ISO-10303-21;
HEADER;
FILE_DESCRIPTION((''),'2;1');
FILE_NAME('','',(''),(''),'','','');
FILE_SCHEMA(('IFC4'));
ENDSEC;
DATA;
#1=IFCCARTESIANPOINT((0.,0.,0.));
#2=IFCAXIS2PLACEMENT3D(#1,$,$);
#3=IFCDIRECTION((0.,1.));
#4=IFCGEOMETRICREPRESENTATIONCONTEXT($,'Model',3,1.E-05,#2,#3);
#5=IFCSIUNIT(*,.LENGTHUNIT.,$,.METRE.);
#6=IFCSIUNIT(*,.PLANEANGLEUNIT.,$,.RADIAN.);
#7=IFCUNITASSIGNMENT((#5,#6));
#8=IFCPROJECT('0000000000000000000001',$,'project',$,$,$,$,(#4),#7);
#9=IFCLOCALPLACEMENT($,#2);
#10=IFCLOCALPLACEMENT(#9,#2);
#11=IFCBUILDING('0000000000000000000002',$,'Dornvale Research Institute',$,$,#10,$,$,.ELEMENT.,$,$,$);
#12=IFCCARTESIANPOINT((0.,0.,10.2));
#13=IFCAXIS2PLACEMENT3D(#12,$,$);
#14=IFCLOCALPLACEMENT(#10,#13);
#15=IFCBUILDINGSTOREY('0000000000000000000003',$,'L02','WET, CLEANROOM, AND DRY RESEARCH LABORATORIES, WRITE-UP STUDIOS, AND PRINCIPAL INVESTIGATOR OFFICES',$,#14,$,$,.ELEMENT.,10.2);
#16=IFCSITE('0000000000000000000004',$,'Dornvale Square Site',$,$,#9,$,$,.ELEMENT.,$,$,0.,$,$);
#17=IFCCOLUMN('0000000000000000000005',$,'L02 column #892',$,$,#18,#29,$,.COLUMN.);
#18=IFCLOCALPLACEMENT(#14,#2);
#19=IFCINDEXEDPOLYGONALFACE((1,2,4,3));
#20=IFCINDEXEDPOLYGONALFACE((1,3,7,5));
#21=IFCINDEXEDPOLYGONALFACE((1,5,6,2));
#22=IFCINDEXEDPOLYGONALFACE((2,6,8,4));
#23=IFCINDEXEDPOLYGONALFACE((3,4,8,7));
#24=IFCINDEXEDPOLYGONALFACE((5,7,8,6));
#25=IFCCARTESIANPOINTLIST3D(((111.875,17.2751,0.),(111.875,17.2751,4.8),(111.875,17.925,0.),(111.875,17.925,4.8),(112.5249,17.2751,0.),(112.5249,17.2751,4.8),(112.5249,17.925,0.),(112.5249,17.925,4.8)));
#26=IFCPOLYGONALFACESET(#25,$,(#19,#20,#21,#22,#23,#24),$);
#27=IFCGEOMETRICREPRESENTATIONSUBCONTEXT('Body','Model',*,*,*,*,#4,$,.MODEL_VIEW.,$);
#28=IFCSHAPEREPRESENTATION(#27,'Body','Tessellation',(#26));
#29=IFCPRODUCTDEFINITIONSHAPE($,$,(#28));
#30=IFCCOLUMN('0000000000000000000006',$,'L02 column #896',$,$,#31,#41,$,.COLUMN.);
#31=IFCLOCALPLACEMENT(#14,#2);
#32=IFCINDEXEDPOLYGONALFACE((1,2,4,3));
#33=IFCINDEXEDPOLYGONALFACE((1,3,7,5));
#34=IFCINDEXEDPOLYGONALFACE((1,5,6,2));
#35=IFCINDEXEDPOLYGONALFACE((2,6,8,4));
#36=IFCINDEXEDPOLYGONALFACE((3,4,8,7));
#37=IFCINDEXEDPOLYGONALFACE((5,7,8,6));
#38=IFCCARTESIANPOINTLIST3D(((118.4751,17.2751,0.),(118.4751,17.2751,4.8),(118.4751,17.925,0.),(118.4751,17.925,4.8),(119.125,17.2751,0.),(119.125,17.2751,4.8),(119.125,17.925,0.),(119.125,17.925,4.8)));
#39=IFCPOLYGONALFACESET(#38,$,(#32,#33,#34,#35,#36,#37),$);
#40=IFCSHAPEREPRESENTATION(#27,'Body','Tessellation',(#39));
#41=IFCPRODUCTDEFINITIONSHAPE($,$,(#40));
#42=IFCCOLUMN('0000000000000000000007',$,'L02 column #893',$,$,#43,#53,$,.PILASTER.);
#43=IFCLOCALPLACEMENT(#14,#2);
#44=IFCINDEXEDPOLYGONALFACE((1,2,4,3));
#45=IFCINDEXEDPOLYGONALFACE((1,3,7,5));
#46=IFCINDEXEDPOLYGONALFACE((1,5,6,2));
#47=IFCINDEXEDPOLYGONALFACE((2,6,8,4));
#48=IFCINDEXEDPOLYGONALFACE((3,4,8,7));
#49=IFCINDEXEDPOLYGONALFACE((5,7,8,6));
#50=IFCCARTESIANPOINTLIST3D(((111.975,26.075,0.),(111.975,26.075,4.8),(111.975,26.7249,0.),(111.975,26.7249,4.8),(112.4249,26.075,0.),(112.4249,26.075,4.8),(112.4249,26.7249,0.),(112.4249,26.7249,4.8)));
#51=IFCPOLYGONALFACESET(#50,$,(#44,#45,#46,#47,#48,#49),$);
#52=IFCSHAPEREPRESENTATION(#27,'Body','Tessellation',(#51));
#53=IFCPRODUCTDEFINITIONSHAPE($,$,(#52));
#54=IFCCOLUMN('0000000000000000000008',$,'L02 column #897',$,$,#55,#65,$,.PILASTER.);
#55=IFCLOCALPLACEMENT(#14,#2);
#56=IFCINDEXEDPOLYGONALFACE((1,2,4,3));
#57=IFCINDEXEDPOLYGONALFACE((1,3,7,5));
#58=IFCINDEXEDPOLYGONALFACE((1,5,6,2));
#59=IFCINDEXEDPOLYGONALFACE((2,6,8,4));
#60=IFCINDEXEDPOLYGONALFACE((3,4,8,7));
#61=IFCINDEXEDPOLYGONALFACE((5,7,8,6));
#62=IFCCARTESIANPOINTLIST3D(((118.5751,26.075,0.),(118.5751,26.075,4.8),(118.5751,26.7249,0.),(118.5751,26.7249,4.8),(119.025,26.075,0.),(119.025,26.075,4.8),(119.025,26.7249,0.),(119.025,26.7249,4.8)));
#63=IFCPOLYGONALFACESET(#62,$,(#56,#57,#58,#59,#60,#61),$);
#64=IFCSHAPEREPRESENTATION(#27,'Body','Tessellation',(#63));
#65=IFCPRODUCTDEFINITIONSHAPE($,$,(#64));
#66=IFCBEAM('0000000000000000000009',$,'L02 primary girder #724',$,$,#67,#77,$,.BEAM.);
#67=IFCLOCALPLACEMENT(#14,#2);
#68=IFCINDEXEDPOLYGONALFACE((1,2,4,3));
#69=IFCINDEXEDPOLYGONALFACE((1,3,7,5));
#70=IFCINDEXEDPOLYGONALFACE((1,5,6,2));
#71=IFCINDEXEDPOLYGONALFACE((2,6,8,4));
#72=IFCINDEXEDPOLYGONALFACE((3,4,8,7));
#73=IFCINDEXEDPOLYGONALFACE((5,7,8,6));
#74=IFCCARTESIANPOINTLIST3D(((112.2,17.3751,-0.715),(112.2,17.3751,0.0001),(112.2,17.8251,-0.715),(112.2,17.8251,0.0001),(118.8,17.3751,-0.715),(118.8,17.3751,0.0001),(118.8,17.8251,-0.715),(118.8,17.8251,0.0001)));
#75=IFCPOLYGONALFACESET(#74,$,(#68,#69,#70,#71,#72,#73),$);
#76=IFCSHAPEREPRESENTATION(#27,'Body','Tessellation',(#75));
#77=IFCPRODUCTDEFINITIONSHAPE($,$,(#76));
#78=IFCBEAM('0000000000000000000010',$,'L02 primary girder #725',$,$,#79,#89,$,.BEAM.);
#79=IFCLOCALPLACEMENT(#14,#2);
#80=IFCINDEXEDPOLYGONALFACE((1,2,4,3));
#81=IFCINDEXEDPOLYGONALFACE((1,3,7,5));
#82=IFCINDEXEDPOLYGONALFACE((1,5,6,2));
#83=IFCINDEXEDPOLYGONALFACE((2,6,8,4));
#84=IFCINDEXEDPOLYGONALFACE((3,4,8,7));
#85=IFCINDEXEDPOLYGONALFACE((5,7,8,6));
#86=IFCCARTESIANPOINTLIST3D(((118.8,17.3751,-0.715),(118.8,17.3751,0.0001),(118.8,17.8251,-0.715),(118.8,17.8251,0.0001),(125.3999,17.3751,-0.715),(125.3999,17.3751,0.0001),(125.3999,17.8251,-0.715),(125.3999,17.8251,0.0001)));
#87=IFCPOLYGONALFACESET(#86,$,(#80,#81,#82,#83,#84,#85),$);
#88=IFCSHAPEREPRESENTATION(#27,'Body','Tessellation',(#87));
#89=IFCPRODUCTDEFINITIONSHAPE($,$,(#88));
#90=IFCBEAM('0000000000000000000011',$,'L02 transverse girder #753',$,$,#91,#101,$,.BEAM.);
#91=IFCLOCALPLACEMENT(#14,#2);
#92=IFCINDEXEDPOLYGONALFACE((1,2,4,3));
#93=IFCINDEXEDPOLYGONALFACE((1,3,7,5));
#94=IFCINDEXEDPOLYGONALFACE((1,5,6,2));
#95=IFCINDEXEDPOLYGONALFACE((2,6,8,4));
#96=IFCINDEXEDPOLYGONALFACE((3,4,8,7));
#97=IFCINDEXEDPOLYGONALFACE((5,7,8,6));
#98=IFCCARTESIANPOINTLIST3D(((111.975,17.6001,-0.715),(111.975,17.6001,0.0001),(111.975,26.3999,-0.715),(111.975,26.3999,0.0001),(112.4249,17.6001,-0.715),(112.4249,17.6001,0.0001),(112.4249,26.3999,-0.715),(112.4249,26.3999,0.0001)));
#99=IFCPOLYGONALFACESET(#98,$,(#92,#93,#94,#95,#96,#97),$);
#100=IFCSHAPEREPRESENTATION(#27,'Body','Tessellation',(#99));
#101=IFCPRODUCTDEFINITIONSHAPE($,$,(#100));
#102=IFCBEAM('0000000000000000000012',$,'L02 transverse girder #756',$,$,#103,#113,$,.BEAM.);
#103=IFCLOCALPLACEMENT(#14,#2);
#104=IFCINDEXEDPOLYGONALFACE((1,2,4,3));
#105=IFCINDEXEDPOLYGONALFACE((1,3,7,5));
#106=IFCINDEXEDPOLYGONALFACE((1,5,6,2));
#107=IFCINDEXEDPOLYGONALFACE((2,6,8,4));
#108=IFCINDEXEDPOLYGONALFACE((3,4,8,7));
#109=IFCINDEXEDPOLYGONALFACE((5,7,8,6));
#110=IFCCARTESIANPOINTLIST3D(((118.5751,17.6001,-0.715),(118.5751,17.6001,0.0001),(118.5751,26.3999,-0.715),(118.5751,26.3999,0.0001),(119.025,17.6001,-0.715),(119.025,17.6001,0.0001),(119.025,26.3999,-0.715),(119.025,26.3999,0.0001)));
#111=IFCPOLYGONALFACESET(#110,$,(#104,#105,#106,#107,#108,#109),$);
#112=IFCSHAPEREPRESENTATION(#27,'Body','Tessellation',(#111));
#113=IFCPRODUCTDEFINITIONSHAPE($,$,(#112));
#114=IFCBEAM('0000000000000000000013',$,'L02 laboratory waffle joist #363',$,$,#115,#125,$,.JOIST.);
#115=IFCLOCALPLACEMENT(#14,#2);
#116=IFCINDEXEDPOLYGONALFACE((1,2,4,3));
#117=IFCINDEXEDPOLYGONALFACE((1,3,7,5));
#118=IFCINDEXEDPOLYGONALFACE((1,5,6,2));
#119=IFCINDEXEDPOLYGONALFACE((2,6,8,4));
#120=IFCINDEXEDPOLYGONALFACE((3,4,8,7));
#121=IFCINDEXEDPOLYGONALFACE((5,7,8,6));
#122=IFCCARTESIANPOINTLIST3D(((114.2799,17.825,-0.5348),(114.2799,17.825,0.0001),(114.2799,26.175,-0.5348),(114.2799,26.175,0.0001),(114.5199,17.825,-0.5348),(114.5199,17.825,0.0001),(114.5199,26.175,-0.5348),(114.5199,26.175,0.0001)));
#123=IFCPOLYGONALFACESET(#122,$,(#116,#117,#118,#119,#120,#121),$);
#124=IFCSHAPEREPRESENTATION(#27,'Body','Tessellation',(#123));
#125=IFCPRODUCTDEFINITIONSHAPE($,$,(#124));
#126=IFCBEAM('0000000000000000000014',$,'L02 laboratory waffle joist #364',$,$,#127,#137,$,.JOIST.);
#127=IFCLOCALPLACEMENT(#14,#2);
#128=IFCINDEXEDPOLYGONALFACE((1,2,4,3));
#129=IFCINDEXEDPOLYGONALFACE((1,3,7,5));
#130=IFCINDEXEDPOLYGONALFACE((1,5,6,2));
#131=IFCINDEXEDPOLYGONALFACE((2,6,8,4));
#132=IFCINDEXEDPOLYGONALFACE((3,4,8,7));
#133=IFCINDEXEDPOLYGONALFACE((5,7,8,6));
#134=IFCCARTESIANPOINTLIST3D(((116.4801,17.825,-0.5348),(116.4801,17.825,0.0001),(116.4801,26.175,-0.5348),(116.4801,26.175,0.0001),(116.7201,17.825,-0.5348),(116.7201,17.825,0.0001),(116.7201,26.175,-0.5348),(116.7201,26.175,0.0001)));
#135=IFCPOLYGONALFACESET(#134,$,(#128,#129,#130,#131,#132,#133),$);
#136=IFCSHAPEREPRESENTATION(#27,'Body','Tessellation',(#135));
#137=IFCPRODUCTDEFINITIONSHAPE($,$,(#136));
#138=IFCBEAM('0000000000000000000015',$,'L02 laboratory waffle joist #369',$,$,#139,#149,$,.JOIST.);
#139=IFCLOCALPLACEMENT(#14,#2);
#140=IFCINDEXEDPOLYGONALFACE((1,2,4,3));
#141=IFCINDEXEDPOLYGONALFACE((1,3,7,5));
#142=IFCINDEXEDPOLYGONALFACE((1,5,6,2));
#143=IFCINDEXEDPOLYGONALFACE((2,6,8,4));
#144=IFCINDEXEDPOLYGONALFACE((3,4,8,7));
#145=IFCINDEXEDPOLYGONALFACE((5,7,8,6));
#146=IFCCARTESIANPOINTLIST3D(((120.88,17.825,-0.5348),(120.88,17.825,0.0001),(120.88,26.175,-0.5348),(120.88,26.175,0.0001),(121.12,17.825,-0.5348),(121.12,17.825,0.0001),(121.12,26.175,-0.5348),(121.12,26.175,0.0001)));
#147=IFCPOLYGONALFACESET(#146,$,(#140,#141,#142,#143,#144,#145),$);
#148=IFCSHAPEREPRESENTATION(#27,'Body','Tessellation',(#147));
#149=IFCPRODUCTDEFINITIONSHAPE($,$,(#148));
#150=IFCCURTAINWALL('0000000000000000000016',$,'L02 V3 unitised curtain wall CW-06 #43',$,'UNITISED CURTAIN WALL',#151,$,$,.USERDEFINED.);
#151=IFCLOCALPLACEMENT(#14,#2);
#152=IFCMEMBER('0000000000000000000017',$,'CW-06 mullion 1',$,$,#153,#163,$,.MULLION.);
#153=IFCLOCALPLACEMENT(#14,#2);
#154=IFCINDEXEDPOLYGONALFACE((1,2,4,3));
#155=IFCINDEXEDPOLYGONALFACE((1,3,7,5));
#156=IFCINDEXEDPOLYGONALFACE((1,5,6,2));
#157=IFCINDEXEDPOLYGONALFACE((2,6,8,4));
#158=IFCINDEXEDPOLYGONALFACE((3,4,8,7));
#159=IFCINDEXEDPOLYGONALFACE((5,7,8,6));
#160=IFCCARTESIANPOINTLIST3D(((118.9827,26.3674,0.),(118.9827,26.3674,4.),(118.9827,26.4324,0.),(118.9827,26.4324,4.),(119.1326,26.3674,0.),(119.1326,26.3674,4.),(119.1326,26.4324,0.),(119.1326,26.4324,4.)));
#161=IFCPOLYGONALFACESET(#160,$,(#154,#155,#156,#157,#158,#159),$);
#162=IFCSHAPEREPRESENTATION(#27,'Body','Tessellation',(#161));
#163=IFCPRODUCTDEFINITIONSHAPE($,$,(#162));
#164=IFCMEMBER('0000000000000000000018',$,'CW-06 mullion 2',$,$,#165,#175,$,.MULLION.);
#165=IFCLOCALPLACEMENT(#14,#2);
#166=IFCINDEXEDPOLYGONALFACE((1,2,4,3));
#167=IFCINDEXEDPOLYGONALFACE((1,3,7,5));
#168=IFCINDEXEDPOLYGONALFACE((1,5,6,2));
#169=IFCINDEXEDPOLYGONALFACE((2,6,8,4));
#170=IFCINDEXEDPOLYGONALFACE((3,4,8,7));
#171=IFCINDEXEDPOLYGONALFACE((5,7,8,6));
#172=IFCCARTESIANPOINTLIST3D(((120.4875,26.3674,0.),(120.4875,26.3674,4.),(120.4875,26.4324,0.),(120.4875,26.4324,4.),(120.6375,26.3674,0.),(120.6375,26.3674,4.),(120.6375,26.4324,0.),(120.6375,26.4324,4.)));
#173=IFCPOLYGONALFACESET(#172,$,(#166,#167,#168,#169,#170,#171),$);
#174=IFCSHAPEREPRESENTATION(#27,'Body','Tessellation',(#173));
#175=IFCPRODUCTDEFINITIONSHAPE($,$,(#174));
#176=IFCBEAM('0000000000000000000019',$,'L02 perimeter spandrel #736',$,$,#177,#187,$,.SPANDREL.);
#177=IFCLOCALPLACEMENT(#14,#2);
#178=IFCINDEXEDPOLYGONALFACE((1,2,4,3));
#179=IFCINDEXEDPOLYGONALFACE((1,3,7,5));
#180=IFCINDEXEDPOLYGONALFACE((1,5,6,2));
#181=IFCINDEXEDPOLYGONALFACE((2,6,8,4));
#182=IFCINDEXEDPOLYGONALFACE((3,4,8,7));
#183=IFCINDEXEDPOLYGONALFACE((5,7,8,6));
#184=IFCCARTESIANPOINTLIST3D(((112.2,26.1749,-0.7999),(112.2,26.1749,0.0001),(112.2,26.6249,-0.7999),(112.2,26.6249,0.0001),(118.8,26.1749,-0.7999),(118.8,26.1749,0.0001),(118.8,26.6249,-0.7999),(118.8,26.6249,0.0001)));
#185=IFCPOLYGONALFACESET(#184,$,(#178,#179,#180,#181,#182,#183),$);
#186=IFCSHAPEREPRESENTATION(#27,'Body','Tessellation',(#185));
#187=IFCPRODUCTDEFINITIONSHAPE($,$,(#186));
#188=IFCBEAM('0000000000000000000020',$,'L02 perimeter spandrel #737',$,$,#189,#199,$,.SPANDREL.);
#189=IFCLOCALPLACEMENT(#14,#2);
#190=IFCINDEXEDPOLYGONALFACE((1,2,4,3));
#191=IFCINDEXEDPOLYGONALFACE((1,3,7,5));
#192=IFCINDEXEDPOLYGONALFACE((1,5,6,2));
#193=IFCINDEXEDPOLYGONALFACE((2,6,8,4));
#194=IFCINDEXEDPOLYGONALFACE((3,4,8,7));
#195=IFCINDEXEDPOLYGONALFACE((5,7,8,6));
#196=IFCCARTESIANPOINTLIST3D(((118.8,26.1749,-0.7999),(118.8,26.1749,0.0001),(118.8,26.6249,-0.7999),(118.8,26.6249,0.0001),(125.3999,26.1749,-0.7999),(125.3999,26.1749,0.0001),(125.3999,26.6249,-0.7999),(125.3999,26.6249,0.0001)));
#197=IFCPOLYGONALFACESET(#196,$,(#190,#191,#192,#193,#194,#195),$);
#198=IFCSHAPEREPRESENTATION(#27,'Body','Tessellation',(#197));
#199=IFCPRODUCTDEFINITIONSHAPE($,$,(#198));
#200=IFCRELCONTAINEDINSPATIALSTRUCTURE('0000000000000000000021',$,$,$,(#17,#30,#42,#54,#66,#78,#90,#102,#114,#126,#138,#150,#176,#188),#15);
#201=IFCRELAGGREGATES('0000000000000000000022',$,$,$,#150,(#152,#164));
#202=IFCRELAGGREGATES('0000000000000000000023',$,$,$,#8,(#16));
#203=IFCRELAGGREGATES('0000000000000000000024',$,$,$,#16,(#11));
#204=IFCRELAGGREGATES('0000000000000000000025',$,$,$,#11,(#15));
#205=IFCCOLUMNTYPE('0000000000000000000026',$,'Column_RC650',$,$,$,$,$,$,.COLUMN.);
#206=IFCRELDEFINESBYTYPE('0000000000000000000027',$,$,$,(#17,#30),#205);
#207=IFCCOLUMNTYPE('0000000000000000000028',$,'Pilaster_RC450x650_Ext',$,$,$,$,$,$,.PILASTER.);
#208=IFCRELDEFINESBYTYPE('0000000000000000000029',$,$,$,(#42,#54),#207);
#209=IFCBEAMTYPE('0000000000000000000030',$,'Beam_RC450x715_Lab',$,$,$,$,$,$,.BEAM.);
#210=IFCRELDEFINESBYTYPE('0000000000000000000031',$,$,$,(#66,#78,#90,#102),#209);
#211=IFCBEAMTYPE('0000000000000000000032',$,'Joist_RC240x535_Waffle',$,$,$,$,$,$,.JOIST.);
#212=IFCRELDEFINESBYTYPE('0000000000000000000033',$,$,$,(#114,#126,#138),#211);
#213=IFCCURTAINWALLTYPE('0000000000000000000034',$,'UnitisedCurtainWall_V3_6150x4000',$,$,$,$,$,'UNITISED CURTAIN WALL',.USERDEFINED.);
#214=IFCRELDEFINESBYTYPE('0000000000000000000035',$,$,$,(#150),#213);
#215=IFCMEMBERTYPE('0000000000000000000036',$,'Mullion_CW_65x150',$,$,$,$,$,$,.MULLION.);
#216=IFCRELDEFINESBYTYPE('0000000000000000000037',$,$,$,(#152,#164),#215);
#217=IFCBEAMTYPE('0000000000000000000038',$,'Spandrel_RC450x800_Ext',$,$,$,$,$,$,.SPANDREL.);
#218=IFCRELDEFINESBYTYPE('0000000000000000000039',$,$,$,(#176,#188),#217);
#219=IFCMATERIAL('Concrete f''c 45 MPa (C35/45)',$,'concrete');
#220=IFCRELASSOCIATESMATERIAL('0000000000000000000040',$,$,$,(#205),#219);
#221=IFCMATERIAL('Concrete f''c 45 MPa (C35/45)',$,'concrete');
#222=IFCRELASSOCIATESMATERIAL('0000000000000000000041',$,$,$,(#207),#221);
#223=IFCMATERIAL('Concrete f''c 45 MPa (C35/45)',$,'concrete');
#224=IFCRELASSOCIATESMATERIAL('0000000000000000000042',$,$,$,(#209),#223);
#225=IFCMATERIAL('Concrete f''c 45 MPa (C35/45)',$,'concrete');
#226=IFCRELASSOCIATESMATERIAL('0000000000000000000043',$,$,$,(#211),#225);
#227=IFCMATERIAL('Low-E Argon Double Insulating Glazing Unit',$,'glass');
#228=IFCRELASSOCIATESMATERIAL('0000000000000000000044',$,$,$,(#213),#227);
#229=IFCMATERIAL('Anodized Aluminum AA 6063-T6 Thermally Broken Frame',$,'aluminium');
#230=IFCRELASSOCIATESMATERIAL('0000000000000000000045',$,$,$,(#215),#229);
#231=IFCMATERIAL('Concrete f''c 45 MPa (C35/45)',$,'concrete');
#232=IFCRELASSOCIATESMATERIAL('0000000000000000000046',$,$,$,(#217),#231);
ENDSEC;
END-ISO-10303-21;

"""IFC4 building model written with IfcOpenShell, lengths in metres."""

from ifc_helpers import new_model, si_unit, direction, frame, origin, origin_2d, place, context, subcontext, project, spatial, rectangle, extrude, material, material_profile, profile_set, type_object, element, aggregate, save


model = new_model("IFC4")

# Units and contexts
model_context = context("Model", 3, precision=1e-05, world=origin(), true_north=direction((0.0, 1.0)))
body_context = subcontext(model_context, "Body", "Model", "MODEL_VIEW")
ifc_project = project(units=[si_unit("LENGTHUNIT", "METRE"), si_unit("PLANEANGLEUNIT", "RADIAN")], contexts=[model_context])

# Site, building, storey
site_placement = place(None, origin())
site = spatial("IfcSite", under=ifc_project, at=site_placement, Name="Dornvale Square Site", CompositionType="ELEMENT", RefElevation=0.0)
building_placement = place(site_placement, origin())
building = spatial("IfcBuilding", under=site, at=building_placement, Name="Dornvale Research Institute", CompositionType="ELEMENT")
storey_placement = place(building_placement, frame((0.0, 0.0, 10.2)))
storey = spatial("IfcBuildingStorey", under=building, at=storey_placement, Name="L02", Description="WET, CLEANROOM, AND DRY RESEARCH LABORATORIES, WRITE-UP STUDIOS, AND PRINCIPAL INVESTIGATOR OFFICES", CompositionType="ELEMENT", Elevation=10.2)

# Columns
ifc_material_1 = material(Name="Concrete f'c 45 MPa (C35/45)", Category="concrete")
ifc_material_profile_1 = material_profile(ifc_material_1, rectangle(XDim=0.6499, YDim=0.6499, at=origin_2d()), Name="RC 650x650")
ifc_profile_set_1 = profile_set([ifc_material_profile_1], Name="Concrete f'c 45 MPa (C35/45)")
column_type_1 = type_object("IfcColumnType", Name="Column_RC650", PredefinedType="COLUMN", material=ifc_profile_set_1)
for number, where, z_axis, x_axis, name in (
    (1, (112.2, 17.6001, 0.0), (0.0, 0.0, 1.0), (1.0, 0.0, 0.0), "L02 column #892"),
    (2, (118.8, 17.6001, 0.0), (0.0, 0.0, 1.0), (1.0, 0.0, 0.0), "L02 column #896"),
):
    element("IfcColumn", number, at=place(storey_placement, frame(where, z_axis=z_axis, x_axis=x_axis)), inside=storey, type_object=column_type_1, Name=name, PredefinedType="COLUMN", context=body_context, shape_type="SweptSolid", body=[
        extrude(rectangle(XDim=0.6499, YDim=0.6499, at=origin_2d()), origin(), (0.0, 0.0, 1.0), 4.8),
    ])
ifc_material_2 = material(Name="Concrete f'c 45 MPa (C35/45)", Category="concrete")
ifc_material_profile_2 = material_profile(ifc_material_2, rectangle(XDim=0.45, YDim=0.6499, at=origin_2d()), Name="RC 450x650")
ifc_profile_set_2 = profile_set([ifc_material_profile_2], Name="Concrete f'c 45 MPa (C35/45)")
column_type_2 = type_object("IfcColumnType", Name="Pilaster_RC450x650_Ext", PredefinedType="PILASTER", material=ifc_profile_set_2)
for number, where, z_axis, x_axis, name in (
    (3, (112.2, 26.3999, 0.0), (0.0, 0.0, 1.0), (1.0, 0.0, 0.0), "L02 column #893"),
    (4, (118.8, 26.3999, 0.0), (0.0, 0.0, 1.0), (1.0, 0.0, 0.0), "L02 column #897"),
):
    element("IfcColumn", number, at=place(storey_placement, frame(where, z_axis=z_axis, x_axis=x_axis)), inside=storey, type_object=column_type_2, Name=name, PredefinedType="PILASTER", context=body_context, shape_type="SweptSolid", body=[
        extrude(rectangle(XDim=0.45, YDim=0.6499, at=origin_2d()), origin(), (0.0, 0.0, 1.0), 4.8),
    ])

# Beams
ifc_material_3 = material(Name="Concrete f'c 45 MPa (C35/45)", Category="concrete")
ifc_material_profile_3 = material_profile(ifc_material_3, rectangle(XDim=0.45, YDim=0.7151, at=origin_2d()), Name="RC 450x715")
ifc_profile_set_3 = profile_set([ifc_material_profile_3], Name="Concrete f'c 45 MPa (C35/45)")
beam_type_1 = type_object("IfcBeamType", Name="Beam_RC450x715_Lab", PredefinedType="BEAM", material=ifc_profile_set_3)
beam_1_placement = place(storey_placement, frame((112.2, 17.6001, -0.3574), z_axis=(1.0, 0.0, 0.0), x_axis=(0.0, 1.0, 0.0)))
element("IfcBeam", 5, at=beam_1_placement, inside=storey, type_object=beam_type_1, Name="L02 primary girder #724", PredefinedType="BEAM", context=body_context, shape_type="SweptSolid", body=[
    extrude(rectangle(XDim=0.45, YDim=0.7151, at=origin_2d()), origin(), (0.0, 0.0, 1.0), 6.6001),
])
beam_2_placement = place(storey_placement, frame((118.8, 17.6001, -0.3574), z_axis=(1.0, 0.0, 0.0), x_axis=(0.0, 1.0, 0.0)))
element("IfcBeam", 6, at=beam_2_placement, inside=storey, type_object=beam_type_1, Name="L02 primary girder #725", PredefinedType="BEAM", context=body_context, shape_type="SweptSolid", body=[
    extrude(rectangle(XDim=0.45, YDim=0.7151, at=origin_2d()), origin(), (0.0, 0.0, 1.0), 6.5999),
])
for number, where, z_axis, x_axis, name in (
    (7, (112.2, 17.6001, -0.3574), (0.0, 1.0, 0.0), (-1.0, 0.0, 0.0), "L02 transverse girder #753"),
    (8, (118.8, 17.6001, -0.3574), (0.0, 1.0, 0.0), (-1.0, 0.0, 0.0), "L02 transverse girder #756"),
):
    element("IfcBeam", number, at=place(storey_placement, frame(where, z_axis=z_axis, x_axis=x_axis)), inside=storey, type_object=beam_type_1, Name=name, PredefinedType="BEAM", context=body_context, shape_type="SweptSolid", body=[
        extrude(rectangle(XDim=0.45, YDim=0.7151, at=origin_2d()), origin(), (0.0, 0.0, 1.0), 8.7998),
    ])
ifc_material_4 = material(Name="Concrete f'c 45 MPa (C35/45)", Category="concrete")
ifc_material_profile_4 = material_profile(ifc_material_4, rectangle(XDim=0.24, YDim=0.5349, at=origin_2d()), Name="RC 240x535")
ifc_profile_set_4 = profile_set([ifc_material_profile_4], Name="Concrete f'c 45 MPa (C35/45)")
beam_type_2 = type_object("IfcBeamType", Name="Joist_RC240x535_Waffle", PredefinedType="JOIST", material=ifc_profile_set_4)
for number, where, z_axis, x_axis, name in (
    (9, (114.3999, 17.825, -0.2673), (0.0, 1.0, 0.0), (-1.0, 0.0, 0.0), "L02 laboratory waffle joist #363"),
    (10, (116.6001, 17.825, -0.2673), (0.0, 1.0, 0.0), (-1.0, 0.0, 0.0), "L02 laboratory waffle joist #364"),
    (11, (121.0, 17.825, -0.2673), (0.0, 1.0, 0.0), (-1.0, 0.0, 0.0), "L02 laboratory waffle joist #369"),
):
    element("IfcBeam", number, at=place(storey_placement, frame(where, z_axis=z_axis, x_axis=x_axis)), inside=storey, type_object=beam_type_2, Name=name, PredefinedType="JOIST", context=body_context, shape_type="SweptSolid", body=[
        extrude(rectangle(XDim=0.24, YDim=0.5349, at=origin_2d()), origin(), (0.0, 0.0, 1.0), 8.3501),
    ])

# Curtain wall, members
ifc_material_5 = material(Name="Low-E Argon Double Insulating Glazing Unit", Category="glass")
curtain_wall_type = type_object("IfcCurtainWallType", Name="UnitisedCurtainWall_V3_6150x4000", ElementType="UNITISED CURTAIN WALL", PredefinedType="USERDEFINED", material=ifc_material_5)
curtain_wall_placement = place(storey_placement, origin())
curtain_wall = element("IfcCurtainWall", 12, at=curtain_wall_placement, inside=storey, type_object=curtain_wall_type, Name="L02 V3 unitised curtain wall CW-06 #43", ObjectType="UNITISED CURTAIN WALL", PredefinedType="USERDEFINED")
ifc_material_6 = material(Name="Anodized Aluminum AA 6063-T6 Thermally Broken Frame", Category="aluminium")
ifc_material_profile_5 = material_profile(ifc_material_6, rectangle(XDim=0.0649, YDim=0.1499, at=origin_2d()), Name="ALU MULLION 65x150")
ifc_profile_set_5 = profile_set([ifc_material_profile_5], Name="Anodized Aluminum AA 6063-T6 Thermally Broken Frame")
member_type_1 = type_object("IfcMemberType", Name="Mullion_CW_65x150", PredefinedType="MULLION", material=ifc_profile_set_5)
member_1_placement = place(storey_placement, frame((119.0576, 26.3999, 0.0), z_axis=(0.0, 0.0, 1.0), x_axis=(0.0, 1.0, 0.0)))
member_1 = element("IfcMember", 13, at=member_1_placement, type_object=member_type_1, Name="CW-06 mullion 1", PredefinedType="MULLION", context=body_context, shape_type="SweptSolid", body=[
    extrude(rectangle(XDim=0.0649, YDim=0.1499, at=origin_2d()), origin(), (0.0, 0.0, 1.0), 4.0),
])
member_2_placement = place(storey_placement, frame((120.5625, 26.3999, 0.0), z_axis=(0.0, 0.0, 1.0), x_axis=(0.0, 1.0, 0.0)))
member_2 = element("IfcMember", 14, at=member_2_placement, type_object=member_type_1, Name="CW-06 mullion 2", PredefinedType="MULLION", context=body_context, shape_type="SweptSolid", body=[
    extrude(rectangle(XDim=0.0649, YDim=0.1499, at=origin_2d()), origin(), (0.0, 0.0, 1.0), 4.0),
])

# Beams
ifc_material_7 = material(Name="Concrete f'c 45 MPa (C35/45)", Category="concrete")
ifc_material_profile_6 = material_profile(ifc_material_7, rectangle(XDim=0.45, YDim=0.8, at=origin_2d()), Name="RC 450x800")
ifc_profile_set_6 = profile_set([ifc_material_profile_6], Name="Concrete f'c 45 MPa (C35/45)")
beam_type_3 = type_object("IfcBeamType", Name="Spandrel_RC450x800_Ext", PredefinedType="SPANDREL", material=ifc_profile_set_6)
beam_3_placement = place(storey_placement, frame((112.2, 26.3999, -0.3999), z_axis=(1.0, 0.0, 0.0), x_axis=(0.0, 1.0, 0.0)))
element("IfcBeam", 15, at=beam_3_placement, inside=storey, type_object=beam_type_3, Name="L02 perimeter spandrel #736", PredefinedType="SPANDREL", context=body_context, shape_type="SweptSolid", body=[
    extrude(rectangle(XDim=0.45, YDim=0.8, at=origin_2d()), origin(), (0.0, 0.0, 1.0), 6.6001),
])
beam_4_placement = place(storey_placement, frame((118.8, 26.3999, -0.3999), z_axis=(1.0, 0.0, 0.0), x_axis=(0.0, 1.0, 0.0)))
element("IfcBeam", 16, at=beam_4_placement, inside=storey, type_object=beam_type_3, Name="L02 perimeter spandrel #737", PredefinedType="SPANDREL", context=body_context, shape_type="SweptSolid", body=[
    extrude(rectangle(XDim=0.45, YDim=0.8, at=origin_2d()), origin(), (0.0, 0.0, 1.0), 6.5999),
])

aggregate(curtain_wall, [member_1, member_2])

save(model, "model.ifc")
